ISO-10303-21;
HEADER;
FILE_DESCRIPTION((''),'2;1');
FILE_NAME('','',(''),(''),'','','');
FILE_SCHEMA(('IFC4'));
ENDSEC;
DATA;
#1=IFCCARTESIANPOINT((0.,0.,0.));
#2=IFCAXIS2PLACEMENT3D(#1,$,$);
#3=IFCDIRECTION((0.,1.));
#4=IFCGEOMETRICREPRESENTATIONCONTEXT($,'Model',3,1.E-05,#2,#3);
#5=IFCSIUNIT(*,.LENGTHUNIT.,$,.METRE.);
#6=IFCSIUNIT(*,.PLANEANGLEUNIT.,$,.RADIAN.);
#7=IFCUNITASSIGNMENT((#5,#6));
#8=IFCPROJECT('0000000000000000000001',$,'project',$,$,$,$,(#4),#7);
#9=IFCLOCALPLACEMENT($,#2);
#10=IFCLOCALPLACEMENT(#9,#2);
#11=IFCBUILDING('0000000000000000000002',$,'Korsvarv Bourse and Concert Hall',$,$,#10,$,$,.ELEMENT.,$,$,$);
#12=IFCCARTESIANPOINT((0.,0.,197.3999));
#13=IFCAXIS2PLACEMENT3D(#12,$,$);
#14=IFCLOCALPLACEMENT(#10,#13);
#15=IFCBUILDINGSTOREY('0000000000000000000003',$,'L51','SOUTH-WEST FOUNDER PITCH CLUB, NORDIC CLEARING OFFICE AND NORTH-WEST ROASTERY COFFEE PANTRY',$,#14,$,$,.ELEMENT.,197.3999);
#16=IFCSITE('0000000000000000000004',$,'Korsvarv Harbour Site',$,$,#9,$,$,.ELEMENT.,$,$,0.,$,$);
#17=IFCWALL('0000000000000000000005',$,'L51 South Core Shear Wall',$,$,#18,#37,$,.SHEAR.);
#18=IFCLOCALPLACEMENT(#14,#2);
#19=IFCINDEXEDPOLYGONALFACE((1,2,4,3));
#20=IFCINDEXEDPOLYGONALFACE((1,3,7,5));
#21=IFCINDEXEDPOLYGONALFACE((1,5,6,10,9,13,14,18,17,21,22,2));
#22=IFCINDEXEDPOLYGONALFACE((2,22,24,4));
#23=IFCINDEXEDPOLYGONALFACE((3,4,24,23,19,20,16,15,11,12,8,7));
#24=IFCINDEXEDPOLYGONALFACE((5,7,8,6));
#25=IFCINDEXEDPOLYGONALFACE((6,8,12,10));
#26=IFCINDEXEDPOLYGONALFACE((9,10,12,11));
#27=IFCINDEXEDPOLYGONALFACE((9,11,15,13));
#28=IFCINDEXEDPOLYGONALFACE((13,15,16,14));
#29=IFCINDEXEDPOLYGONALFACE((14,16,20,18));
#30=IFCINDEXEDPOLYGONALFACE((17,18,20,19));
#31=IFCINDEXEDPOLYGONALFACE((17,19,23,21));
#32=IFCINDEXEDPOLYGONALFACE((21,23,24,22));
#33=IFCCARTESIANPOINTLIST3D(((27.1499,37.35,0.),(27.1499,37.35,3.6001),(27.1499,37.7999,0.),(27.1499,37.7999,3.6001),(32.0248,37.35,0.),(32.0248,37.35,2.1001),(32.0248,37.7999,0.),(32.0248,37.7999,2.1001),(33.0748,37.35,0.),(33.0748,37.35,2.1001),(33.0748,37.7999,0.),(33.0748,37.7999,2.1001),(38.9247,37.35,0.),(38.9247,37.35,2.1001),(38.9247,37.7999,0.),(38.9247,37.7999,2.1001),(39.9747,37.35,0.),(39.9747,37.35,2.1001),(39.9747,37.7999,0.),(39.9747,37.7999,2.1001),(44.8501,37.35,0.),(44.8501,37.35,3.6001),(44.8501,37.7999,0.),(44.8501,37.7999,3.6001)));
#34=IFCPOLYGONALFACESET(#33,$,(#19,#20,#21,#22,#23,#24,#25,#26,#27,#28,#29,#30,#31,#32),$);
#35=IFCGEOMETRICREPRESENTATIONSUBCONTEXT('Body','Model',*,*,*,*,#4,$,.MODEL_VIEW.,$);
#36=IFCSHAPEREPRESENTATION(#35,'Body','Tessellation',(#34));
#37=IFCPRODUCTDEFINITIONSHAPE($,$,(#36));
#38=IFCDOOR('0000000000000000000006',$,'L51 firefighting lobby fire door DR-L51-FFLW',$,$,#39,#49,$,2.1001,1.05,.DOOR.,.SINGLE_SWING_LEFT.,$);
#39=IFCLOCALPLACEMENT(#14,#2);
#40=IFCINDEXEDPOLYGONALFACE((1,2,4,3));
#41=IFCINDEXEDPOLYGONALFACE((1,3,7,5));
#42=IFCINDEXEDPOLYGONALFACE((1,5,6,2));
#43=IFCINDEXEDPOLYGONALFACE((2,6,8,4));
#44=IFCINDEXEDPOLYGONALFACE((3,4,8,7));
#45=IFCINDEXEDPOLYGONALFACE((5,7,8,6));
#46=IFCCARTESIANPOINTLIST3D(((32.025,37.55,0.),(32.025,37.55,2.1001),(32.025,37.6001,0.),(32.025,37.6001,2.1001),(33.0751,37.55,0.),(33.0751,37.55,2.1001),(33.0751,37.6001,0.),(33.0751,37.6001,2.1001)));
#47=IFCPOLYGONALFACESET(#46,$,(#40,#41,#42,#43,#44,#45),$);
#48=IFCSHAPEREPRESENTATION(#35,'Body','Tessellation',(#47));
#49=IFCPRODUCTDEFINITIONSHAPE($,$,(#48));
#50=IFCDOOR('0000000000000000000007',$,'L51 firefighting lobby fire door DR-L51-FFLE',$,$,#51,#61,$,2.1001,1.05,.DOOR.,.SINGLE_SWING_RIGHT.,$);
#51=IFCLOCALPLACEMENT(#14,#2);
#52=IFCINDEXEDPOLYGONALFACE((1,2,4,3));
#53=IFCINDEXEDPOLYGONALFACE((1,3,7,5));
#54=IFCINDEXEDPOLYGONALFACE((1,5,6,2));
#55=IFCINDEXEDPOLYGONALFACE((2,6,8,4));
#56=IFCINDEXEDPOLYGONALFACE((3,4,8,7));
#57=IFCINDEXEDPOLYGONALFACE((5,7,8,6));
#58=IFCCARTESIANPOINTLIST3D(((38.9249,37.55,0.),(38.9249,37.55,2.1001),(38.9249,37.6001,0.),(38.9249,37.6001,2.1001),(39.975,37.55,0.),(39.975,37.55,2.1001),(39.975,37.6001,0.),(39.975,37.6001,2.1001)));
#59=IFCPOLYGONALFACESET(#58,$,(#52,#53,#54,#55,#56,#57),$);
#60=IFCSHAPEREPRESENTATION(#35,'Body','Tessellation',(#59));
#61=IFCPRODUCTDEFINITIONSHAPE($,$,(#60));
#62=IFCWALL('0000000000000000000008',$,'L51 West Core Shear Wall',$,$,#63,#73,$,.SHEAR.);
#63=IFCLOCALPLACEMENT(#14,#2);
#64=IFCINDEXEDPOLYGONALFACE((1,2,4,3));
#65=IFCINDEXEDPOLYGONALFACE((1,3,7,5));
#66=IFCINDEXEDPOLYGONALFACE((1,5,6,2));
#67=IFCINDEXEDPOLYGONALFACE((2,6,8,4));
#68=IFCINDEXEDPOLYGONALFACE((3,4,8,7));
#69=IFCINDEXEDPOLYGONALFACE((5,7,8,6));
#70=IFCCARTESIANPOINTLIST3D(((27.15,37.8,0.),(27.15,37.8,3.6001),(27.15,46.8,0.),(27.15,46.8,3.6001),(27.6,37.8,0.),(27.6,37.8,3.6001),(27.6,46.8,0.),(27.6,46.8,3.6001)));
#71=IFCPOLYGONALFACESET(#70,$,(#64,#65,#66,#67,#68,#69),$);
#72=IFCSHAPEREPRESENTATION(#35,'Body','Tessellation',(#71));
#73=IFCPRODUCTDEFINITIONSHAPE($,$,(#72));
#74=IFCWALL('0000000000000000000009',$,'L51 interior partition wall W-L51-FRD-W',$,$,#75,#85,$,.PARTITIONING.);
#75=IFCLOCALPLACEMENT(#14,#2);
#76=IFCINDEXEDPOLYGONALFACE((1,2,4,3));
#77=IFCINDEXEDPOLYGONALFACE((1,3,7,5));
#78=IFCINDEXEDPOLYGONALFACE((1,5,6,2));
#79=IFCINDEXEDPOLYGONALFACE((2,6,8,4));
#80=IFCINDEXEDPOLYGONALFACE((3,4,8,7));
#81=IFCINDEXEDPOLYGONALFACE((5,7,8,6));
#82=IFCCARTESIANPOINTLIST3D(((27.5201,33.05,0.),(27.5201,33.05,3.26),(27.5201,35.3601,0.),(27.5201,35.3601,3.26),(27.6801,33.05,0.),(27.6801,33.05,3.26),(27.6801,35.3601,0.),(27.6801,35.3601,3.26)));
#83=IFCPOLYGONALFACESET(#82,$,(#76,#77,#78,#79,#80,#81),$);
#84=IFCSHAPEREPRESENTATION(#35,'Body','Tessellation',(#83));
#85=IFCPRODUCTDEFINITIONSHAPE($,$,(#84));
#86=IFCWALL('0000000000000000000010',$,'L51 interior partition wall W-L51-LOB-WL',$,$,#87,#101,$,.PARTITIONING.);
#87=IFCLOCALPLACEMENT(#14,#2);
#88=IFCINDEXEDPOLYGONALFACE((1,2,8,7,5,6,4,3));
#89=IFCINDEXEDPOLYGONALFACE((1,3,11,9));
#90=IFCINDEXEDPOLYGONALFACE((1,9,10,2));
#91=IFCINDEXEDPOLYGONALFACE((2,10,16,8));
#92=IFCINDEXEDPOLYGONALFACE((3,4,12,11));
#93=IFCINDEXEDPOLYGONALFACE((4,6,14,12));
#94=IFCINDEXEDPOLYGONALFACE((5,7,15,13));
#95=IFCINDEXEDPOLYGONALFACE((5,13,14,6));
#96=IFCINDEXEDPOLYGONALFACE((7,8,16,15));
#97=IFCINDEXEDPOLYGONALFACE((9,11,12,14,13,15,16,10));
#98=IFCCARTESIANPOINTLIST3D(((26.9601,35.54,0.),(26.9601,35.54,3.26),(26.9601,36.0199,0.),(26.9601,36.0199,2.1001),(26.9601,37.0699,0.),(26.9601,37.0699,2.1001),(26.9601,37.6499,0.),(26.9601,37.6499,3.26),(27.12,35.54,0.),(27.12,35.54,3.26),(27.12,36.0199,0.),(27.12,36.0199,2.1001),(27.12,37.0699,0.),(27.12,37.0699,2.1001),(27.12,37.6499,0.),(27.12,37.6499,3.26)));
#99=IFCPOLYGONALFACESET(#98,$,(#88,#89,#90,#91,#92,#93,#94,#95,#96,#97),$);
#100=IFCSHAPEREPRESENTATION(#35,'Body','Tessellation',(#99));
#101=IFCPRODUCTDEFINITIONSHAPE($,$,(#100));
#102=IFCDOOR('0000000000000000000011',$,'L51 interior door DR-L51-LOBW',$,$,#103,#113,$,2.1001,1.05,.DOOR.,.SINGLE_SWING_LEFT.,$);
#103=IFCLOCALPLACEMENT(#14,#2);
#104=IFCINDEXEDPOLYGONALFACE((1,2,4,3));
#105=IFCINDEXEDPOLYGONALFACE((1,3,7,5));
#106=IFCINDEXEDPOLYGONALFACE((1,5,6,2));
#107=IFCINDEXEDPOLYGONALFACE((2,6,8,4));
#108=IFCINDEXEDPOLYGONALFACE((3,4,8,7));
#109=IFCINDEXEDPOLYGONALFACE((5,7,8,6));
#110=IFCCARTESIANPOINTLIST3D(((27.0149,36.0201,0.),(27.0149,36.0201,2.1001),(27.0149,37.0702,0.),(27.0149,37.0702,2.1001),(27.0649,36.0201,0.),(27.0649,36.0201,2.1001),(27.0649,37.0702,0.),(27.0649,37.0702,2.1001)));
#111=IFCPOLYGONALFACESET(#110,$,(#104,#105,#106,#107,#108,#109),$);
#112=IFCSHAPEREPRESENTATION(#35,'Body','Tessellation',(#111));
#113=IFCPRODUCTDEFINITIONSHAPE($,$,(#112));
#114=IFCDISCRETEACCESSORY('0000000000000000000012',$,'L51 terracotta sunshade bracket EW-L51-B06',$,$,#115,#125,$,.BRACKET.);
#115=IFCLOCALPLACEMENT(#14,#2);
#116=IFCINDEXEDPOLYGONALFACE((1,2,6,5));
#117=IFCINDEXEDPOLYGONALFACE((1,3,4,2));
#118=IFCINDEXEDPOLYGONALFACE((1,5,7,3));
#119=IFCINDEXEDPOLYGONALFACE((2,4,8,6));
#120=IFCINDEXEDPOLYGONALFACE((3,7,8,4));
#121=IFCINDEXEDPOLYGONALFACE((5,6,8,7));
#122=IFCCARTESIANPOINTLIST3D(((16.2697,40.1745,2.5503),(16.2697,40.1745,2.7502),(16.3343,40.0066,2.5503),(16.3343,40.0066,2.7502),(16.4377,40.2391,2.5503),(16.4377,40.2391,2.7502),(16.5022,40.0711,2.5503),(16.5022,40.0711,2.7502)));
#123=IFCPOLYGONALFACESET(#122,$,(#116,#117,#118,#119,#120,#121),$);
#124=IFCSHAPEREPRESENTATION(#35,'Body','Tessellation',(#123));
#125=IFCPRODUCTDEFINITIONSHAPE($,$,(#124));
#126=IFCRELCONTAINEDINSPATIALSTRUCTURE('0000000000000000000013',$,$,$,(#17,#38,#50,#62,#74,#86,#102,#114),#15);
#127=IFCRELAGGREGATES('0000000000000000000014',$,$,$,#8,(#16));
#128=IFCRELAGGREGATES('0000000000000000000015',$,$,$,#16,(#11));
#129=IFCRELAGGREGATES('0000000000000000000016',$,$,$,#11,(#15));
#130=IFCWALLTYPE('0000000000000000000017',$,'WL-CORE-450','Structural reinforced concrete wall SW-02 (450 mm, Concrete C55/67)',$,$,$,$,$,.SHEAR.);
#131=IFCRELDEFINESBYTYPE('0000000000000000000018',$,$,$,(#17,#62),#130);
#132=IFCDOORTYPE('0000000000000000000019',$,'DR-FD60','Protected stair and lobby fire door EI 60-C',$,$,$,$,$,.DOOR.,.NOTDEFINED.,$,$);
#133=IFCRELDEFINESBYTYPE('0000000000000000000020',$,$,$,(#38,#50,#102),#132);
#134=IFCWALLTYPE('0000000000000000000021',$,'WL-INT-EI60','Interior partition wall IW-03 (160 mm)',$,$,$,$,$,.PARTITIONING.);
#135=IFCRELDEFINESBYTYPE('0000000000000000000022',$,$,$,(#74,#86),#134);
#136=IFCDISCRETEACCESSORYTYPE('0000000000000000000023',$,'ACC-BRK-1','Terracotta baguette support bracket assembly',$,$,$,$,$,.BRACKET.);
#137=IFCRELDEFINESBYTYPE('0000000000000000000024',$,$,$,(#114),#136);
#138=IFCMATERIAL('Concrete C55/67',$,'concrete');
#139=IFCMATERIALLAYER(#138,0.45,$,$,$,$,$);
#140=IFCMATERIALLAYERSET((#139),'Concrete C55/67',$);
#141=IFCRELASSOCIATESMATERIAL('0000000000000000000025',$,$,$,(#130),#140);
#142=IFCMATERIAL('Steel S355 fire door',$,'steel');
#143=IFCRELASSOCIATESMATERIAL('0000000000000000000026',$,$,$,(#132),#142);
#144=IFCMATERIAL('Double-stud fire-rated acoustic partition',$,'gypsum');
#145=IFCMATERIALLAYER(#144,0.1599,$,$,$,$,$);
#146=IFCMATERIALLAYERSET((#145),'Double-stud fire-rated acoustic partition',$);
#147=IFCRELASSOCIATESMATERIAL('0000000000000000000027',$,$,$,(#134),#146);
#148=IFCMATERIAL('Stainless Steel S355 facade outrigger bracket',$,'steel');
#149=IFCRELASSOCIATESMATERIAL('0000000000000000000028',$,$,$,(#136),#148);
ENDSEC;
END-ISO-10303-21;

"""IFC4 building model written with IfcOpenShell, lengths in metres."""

from ifc_helpers import new_model, si_unit, direction, frame, frame_2d, origin, origin_2d, place, context, subcontext, project, spatial, rectangle, extrude, source, transform, mapped, material, layer, layer_set, type_object, element, fill, save


model = new_model("IFC4")

# Units and contexts
model_context = context("Model", 3, precision=1e-05, world=origin(), true_north=direction((0.0, 1.0)))
body_context = subcontext(model_context, "Body", "Model", "MODEL_VIEW")
ifc_project = project(units=[si_unit("LENGTHUNIT", "METRE"), si_unit("PLANEANGLEUNIT", "RADIAN")], contexts=[model_context])

# Site, building, storey
site_placement = place(None, origin())
site = spatial("IfcSite", under=ifc_project, at=site_placement, Name="Korsvarv Harbour Site", CompositionType="ELEMENT", RefElevation=0.0)
building_placement = place(site_placement, origin())
building = spatial("IfcBuilding", under=site, at=building_placement, Name="Korsvarv Bourse and Concert Hall", CompositionType="ELEMENT")
storey_placement = place(building_placement, frame((0.0, 0.0, 197.3999)))
storey = spatial("IfcBuildingStorey", under=building, at=storey_placement, Name="L51", Description="SOUTH-WEST FOUNDER PITCH CLUB, NORDIC CLEARING OFFICE AND NORTH-WEST ROASTERY COFFEE PANTRY", CompositionType="ELEMENT", Elevation=197.3999)

# Shared definitions
ifc_material_1 = material(Name="Concrete C55/67", Category="concrete")

# Wall, openings, doors
ifc_layer_1 = layer(ifc_material_1, 0.45)
ifc_layer_set_1 = layer_set([ifc_layer_1], Name="Concrete C55/67")
wall_type_1 = type_object("IfcWallType", Name="WL-CORE-450", Description="Structural reinforced concrete wall SW-02 (450 mm, Concrete C55/67)", PredefinedType="SHEAR", material=ifc_layer_set_1)
wall_1_placement = place(storey_placement, frame((27.1499, 37.575, 0.0), z_axis=(0.0, 0.0, 1.0), x_axis=(1.0, 0.0, 0.0)))
wall_1 = element("IfcWall", 1, at=wall_1_placement, inside=storey, type_object=wall_type_1, Name="L51 South Core Shear Wall", PredefinedType="SHEAR", context=body_context, shape_type="SweptSolid", body=[
    extrude(rectangle(XDim=17.7002, YDim=0.45, at=frame_2d((8.8501, 0.0))), origin(), (0.0, 0.0, 1.0), 3.6001),
])
opening_1_placement = place(wall_1_placement, frame((4.875, 0.0, 0.0)))
opening_1 = element("IfcOpeningElement", 2, at=opening_1_placement, cuts=wall_1, PredefinedType="OPENING", context=body_context, shape_type="SweptSolid", body=[
    extrude(rectangle(XDim=1.05, YDim=2.1001, at=frame_2d((0.5249, 1.05))), frame((0.0, 0.2349, 0.0), z_axis=(0.0, -1.0, 0.0), x_axis=(1.0, 0.0, 0.0)), (0.0, 0.0, 1.0), 0.47),
])
opening_2_placement = place(wall_1_placement, frame((11.7749, 0.0, 0.0)))
opening_2 = element("IfcOpeningElement", 3, at=opening_2_placement, cuts=wall_1, PredefinedType="OPENING", context=body_context, shape_type="SweptSolid", body=[
    extrude(rectangle(XDim=1.05, YDim=2.1001, at=frame_2d((0.5249, 1.05))), frame((0.0, 0.2349, 0.0), z_axis=(0.0, -1.0, 0.0), x_axis=(1.0, 0.0, 0.0)), (0.0, 0.0, 1.0), 0.47),
])
ifc_material_2 = material(Name="Steel S355 fire door", Category="steel")
door_type = type_object("IfcDoorType", Name="DR-FD60", Description="Protected stair and lobby fire door EI 60-C", OperationType="NOTDEFINED", PredefinedType="DOOR", material=ifc_material_2)
door_1_placement = place(opening_1_placement, frame((1.05, 0.0, 0.0), z_axis=(0.0, 0.0, 1.0), x_axis=(-1.0, 0.0, 0.0)))
door_1 = element("IfcDoor", 4, at=door_1_placement, inside=storey, type_object=door_type, Name="L51 firefighting lobby fire door DR-L51-FFLW", OperationType="SINGLE_SWING_LEFT", OverallHeight=2.1001, OverallWidth=1.05, PredefinedType="DOOR", context=body_context, shape_type="SweptSolid", body=[
    extrude(rectangle(XDim=1.05, YDim=2.1001, at=frame_2d((0.5249, 1.05))), frame((0.0, 0.0249, 0.0), z_axis=(0.0, -1.0, 0.0), x_axis=(1.0, 0.0, 0.0)), (0.0, 0.0, 1.0), 0.05),
])
fill(opening_1, door_1)
door_2_placement = place(opening_2_placement, frame((1.05, 0.0, 0.0), z_axis=(0.0, 0.0, 1.0), x_axis=(-1.0, 0.0, 0.0)))
door_2 = element("IfcDoor", 5, at=door_2_placement, inside=storey, type_object=door_type, Name="L51 firefighting lobby fire door DR-L51-FFLE", OperationType="SINGLE_SWING_RIGHT", OverallHeight=2.1001, OverallWidth=1.05, PredefinedType="DOOR", context=body_context, shape_type="SweptSolid", body=[
    extrude(rectangle(XDim=1.05, YDim=2.1001, at=frame_2d((0.5249, 1.05))), frame((0.0, 0.0249, 0.0), z_axis=(0.0, -1.0, 0.0), x_axis=(1.0, 0.0, 0.0)), (0.0, 0.0, 1.0), 0.05),
])
fill(opening_2, door_2)

# Walls
wall_2_placement = place(storey_placement, frame((27.375, 37.8, 0.0), z_axis=(0.0, 0.0, 1.0), x_axis=(0.0, 1.0, 0.0)))
element("IfcWall", 6, at=wall_2_placement, inside=storey, type_object=wall_type_1, Name="L51 West Core Shear Wall", PredefinedType="SHEAR", context=body_context, shape_type="SweptSolid", body=[
    extrude(rectangle(XDim=9.0, YDim=0.45, at=frame_2d((4.5, 0.0))), origin(), (0.0, 0.0, 1.0), 3.6001),
])
ifc_material_3 = material(Name="Double-stud fire-rated acoustic partition", Category="gypsum")
ifc_layer_2 = layer(ifc_material_3, 0.1599)
ifc_layer_set_2 = layer_set([ifc_layer_2], Name="Double-stud fire-rated acoustic partition")
wall_type_2 = type_object("IfcWallType", Name="WL-INT-EI60", Description="Interior partition wall IW-03 (160 mm)", PredefinedType="PARTITIONING", material=ifc_layer_set_2)
wall_3_placement = place(storey_placement, frame((27.6001, 33.05, 0.0), z_axis=(0.0, 0.0, 1.0), x_axis=(0.0, 1.0, 0.0)))
element("IfcWall", 7, at=wall_3_placement, inside=storey, type_object=wall_type_2, Name="L51 interior partition wall W-L51-FRD-W", PredefinedType="PARTITIONING", context=body_context, shape_type="SweptSolid", body=[
    extrude(rectangle(XDim=2.3101, YDim=0.1599, at=frame_2d((1.155, 0.0))), origin(), (0.0, 0.0, 1.0), 3.26),
])

# Wall, opening, door
wall_4_placement = place(storey_placement, frame((27.04, 35.54, 0.0), z_axis=(0.0, 0.0, 1.0), x_axis=(0.0, 1.0, 0.0)))
wall_4 = element("IfcWall", 8, at=wall_4_placement, inside=storey, type_object=wall_type_2, Name="L51 interior partition wall W-L51-LOB-WL", PredefinedType="PARTITIONING", context=body_context, shape_type="SweptSolid", body=[
    extrude(rectangle(XDim=2.1099, YDim=0.1599, at=frame_2d((1.0549, 0.0))), origin(), (0.0, 0.0, 1.0), 3.26),
])
opening_3_placement = place(wall_4_placement, frame((0.48, 0.0, 0.0)))
opening_3 = element("IfcOpeningElement", 9, at=opening_3_placement, cuts=wall_4, PredefinedType="OPENING", context=body_context, shape_type="SweptSolid", body=[
    extrude(rectangle(XDim=1.05, YDim=2.1001, at=frame_2d((0.5249, 1.05))), frame((0.0, 0.0898, 0.0), z_axis=(0.0, -1.0, 0.0), x_axis=(1.0, 0.0, 0.0)), (0.0, 0.0, 1.0), 0.1799),
])
door_3_placement = place(opening_3_placement, frame((1.05, 0.0, 0.0), z_axis=(0.0, 0.0, 1.0), x_axis=(-1.0, 0.0, 0.0)))
door_3 = element("IfcDoor", 10, at=door_3_placement, inside=storey, type_object=door_type, Name="L51 interior door DR-L51-LOBW", OperationType="SINGLE_SWING_LEFT", OverallHeight=2.1001, OverallWidth=1.05, PredefinedType="DOOR", context=body_context, shape_type="SweptSolid", body=[
    extrude(rectangle(XDim=1.05, YDim=2.1001, at=frame_2d((0.5249, 1.05))), frame((0.0, 0.0249, 0.0), z_axis=(0.0, -1.0, 0.0), x_axis=(1.0, 0.0, 0.0)), (0.0, 0.0, 1.0), 0.05),
])
fill(opening_3, door_3)

# Discrete accessory
ifc_material_4 = material(Name="Stainless Steel S355 facade outrigger bracket", Category="steel")
discrete_accessory_type = type_object("IfcDiscreteAccessoryType", Name="ACC-BRK-1", Description="Terracotta baguette support bracket assembly", PredefinedType="BRACKET", material=ifc_material_4)
shared_shape_1 = source(origin(), body_context, "Body", "SweptSolid", [
    extrude(rectangle(XDim=0.1799, YDim=0.1799, at=origin_2d()), origin(), (0.0, 0.0, 1.0), 0.2),
])
discrete_accessory_placement = place(storey_placement, frame((16.386, 40.1228, 2.5503), z_axis=(0.0, 0.0, 1.0), x_axis=(0.358694, -0.933455, 0.0)))
element("IfcDiscreteAccessory", 11, at=discrete_accessory_placement, inside=storey, type_object=discrete_accessory_type, Name="L51 terracotta sunshade bracket EW-L51-B06", PredefinedType="BRACKET", context=body_context, shape_type="MappedRepresentation", body=[
    mapped(shared_shape_1, transform((0.0, 0.0, 0.0), scale=1.0)),
])

save(model, "model.ifc")
